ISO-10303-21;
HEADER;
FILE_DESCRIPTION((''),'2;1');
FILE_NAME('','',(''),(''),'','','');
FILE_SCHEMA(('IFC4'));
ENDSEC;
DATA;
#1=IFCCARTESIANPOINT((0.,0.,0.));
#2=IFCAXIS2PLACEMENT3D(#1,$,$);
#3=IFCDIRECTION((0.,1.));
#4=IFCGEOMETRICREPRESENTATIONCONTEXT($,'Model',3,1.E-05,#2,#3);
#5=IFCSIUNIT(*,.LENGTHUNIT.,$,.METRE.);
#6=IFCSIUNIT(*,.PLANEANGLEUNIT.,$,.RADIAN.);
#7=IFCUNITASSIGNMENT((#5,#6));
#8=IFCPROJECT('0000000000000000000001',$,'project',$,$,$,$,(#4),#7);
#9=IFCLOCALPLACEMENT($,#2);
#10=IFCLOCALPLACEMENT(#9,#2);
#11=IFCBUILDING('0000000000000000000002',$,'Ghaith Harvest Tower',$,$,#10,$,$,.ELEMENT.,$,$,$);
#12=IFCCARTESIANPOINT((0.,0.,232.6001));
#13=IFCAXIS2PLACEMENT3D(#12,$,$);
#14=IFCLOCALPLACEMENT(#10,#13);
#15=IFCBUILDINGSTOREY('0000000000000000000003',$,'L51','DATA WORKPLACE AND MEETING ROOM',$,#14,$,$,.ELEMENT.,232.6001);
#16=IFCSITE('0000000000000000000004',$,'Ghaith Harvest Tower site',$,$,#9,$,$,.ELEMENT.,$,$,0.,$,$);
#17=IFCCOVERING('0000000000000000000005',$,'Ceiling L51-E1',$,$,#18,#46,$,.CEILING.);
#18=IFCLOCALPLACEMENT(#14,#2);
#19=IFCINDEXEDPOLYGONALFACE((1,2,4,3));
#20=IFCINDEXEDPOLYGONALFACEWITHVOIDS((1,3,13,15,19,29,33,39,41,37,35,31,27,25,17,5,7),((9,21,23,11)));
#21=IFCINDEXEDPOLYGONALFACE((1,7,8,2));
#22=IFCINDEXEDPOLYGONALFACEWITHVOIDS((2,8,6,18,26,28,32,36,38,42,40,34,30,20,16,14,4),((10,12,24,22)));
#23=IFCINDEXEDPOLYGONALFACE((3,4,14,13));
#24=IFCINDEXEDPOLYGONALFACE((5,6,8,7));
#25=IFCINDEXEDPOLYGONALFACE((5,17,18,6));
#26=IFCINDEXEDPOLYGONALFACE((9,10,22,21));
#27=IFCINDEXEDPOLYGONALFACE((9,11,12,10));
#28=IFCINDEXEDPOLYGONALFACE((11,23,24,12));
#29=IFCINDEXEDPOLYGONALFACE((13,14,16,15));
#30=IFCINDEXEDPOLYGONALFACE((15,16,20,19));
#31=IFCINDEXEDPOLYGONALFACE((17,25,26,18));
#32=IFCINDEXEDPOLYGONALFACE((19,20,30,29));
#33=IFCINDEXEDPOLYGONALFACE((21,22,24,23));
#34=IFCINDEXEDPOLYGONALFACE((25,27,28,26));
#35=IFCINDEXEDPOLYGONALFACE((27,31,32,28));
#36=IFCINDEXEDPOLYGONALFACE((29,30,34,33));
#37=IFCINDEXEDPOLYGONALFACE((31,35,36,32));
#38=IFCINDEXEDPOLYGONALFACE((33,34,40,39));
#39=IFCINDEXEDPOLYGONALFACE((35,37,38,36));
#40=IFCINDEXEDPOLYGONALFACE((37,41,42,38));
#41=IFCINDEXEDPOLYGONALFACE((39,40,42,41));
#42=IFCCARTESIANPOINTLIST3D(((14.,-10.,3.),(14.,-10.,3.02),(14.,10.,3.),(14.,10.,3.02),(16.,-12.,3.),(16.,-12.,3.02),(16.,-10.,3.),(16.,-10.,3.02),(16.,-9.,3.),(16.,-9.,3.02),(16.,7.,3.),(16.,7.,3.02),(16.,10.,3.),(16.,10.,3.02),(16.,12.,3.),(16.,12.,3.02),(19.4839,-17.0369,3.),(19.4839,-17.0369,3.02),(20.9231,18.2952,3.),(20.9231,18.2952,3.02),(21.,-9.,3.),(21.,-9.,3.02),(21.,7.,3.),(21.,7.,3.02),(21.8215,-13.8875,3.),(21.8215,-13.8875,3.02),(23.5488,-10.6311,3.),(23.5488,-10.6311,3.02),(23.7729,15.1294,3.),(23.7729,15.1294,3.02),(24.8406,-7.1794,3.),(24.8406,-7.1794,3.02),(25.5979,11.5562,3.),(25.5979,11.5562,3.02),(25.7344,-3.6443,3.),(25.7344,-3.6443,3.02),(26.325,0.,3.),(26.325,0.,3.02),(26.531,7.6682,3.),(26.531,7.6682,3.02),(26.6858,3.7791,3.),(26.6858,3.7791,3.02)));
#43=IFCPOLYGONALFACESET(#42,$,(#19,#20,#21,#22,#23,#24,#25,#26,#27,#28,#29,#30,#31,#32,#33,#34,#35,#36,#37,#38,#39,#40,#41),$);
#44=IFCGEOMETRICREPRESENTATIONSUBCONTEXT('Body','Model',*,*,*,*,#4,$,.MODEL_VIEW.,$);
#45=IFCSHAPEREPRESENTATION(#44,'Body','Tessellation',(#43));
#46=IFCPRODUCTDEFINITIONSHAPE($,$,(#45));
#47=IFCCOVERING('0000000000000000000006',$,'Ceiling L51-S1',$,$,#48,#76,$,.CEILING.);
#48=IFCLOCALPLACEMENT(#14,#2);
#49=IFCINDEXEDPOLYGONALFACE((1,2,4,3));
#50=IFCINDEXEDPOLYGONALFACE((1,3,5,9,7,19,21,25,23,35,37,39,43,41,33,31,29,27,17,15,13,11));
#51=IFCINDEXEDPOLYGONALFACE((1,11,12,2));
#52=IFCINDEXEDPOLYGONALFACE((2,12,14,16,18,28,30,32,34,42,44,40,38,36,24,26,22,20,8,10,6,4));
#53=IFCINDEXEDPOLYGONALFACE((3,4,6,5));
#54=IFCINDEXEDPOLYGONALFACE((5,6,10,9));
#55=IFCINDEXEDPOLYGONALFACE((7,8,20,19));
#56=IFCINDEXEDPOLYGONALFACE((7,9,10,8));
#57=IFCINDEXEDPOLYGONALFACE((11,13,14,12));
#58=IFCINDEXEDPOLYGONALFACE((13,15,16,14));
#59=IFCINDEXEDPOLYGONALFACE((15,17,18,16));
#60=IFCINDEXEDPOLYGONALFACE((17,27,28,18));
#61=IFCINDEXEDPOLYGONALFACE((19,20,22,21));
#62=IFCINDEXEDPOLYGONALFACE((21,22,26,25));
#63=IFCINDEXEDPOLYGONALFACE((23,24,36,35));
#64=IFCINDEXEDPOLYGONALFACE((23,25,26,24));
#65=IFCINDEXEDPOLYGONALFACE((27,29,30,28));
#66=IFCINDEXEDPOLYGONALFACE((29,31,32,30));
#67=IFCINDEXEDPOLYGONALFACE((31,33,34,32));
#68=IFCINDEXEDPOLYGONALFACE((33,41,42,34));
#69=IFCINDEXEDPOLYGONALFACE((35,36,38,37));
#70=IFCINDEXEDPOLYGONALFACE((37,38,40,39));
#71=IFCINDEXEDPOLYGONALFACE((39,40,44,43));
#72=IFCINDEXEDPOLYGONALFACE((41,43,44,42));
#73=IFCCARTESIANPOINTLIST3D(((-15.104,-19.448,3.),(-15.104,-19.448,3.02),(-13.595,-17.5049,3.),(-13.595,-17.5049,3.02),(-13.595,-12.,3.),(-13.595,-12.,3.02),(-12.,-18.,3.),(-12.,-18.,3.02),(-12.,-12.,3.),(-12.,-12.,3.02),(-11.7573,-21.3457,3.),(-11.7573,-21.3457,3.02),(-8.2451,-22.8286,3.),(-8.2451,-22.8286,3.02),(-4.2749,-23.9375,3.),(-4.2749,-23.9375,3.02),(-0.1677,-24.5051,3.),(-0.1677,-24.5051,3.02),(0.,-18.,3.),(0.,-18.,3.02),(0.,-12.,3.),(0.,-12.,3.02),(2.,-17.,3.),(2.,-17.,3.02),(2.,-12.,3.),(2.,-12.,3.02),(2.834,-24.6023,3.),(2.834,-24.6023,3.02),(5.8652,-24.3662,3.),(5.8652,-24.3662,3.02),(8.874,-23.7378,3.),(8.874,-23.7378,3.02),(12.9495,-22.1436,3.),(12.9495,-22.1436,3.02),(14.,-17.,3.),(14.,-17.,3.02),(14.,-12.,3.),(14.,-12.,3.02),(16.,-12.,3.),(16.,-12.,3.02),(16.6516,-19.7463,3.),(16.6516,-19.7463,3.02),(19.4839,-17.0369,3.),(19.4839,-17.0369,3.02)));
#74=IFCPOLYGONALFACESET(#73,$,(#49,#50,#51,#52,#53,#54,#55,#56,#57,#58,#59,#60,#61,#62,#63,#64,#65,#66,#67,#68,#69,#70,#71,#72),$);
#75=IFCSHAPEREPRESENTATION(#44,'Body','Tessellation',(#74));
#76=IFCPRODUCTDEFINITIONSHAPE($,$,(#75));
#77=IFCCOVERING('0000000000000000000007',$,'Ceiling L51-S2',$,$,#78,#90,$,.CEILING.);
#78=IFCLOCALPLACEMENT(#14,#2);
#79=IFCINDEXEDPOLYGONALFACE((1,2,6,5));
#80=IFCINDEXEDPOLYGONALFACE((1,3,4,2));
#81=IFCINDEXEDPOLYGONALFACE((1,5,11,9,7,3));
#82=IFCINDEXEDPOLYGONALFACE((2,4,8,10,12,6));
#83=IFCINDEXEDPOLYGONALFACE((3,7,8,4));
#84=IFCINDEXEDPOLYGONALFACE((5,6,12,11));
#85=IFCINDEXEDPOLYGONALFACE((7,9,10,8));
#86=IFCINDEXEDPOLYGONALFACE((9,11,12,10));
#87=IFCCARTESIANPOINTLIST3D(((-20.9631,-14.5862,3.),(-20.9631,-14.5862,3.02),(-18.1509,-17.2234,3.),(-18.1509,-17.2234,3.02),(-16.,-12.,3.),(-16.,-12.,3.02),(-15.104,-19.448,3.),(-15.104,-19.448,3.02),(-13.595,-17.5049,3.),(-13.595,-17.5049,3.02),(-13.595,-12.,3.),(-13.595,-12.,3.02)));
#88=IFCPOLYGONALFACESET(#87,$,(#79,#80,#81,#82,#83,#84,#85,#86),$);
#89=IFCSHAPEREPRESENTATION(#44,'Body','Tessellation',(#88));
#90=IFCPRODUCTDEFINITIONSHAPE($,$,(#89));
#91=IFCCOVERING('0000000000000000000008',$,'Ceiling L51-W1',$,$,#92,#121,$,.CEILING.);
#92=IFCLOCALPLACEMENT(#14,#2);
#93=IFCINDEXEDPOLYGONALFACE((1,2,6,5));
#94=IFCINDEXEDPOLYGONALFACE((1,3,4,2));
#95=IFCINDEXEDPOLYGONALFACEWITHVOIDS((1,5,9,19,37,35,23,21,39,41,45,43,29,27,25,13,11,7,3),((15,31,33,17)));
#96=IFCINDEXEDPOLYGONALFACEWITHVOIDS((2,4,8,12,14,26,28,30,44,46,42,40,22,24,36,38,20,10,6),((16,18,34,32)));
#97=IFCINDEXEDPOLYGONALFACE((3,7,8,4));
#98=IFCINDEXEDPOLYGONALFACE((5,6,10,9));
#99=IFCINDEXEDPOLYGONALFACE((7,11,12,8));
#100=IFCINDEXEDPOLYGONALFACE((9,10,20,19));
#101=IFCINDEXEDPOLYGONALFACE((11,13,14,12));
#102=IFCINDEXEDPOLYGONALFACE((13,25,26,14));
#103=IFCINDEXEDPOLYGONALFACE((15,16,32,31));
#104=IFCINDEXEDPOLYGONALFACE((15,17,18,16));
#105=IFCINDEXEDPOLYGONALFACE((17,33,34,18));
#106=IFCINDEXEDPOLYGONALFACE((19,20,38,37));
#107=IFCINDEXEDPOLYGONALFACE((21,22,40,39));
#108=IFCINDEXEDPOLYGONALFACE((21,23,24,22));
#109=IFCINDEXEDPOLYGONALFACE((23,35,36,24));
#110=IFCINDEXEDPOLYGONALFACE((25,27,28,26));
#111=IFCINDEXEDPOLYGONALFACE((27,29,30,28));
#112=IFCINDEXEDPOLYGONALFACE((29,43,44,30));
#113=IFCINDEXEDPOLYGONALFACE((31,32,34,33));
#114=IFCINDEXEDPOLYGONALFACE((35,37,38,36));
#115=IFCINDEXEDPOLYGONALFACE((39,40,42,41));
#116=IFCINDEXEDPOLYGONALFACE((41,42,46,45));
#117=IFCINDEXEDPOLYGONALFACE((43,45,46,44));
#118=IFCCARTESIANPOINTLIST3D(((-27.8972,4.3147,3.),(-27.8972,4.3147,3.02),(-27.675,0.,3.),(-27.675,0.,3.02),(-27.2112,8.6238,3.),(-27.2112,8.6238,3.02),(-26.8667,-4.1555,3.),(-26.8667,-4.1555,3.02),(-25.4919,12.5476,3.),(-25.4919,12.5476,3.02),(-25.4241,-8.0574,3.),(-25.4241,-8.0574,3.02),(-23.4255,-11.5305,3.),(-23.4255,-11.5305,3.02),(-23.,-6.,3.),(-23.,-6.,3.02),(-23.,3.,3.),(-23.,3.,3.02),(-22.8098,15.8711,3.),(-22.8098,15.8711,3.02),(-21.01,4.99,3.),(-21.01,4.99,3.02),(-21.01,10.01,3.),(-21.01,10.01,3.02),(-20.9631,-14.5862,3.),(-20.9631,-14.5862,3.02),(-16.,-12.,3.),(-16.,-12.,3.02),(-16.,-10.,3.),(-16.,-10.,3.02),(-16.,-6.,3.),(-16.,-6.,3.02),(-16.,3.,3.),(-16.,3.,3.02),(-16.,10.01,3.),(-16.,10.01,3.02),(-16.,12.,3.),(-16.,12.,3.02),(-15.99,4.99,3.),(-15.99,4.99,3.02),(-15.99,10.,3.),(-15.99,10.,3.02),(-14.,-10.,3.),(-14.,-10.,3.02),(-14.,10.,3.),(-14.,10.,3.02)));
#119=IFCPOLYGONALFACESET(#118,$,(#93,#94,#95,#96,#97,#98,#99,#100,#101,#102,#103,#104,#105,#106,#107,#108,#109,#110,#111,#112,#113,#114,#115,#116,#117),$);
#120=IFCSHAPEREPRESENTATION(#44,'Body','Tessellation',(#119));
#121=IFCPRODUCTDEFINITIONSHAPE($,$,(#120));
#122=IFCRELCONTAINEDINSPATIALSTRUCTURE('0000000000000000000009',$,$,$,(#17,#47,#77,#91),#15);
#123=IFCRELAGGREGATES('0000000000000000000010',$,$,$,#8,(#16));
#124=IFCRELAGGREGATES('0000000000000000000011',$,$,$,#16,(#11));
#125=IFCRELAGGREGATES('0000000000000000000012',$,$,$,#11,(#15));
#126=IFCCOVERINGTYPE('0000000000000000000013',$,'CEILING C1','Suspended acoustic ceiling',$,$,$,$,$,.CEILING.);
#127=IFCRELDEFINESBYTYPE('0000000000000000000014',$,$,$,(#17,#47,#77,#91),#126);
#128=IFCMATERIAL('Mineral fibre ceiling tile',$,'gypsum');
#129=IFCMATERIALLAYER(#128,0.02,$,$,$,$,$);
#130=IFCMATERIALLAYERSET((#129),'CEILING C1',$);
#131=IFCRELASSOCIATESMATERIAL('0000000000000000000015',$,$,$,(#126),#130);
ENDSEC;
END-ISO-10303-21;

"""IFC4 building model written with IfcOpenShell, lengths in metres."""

from ifc_helpers import new_model, si_unit, direction, frame, origin, place, context, subcontext, project, spatial, polyline, outline, extrude, material, layer, layer_set, type_object, element, save


model = new_model("IFC4")

# Units and contexts
model_context = context("Model", 3, precision=1e-05, world=origin(), true_north=direction((0.0, 1.0)))
body_context = subcontext(model_context, "Body", "Model", "MODEL_VIEW")
ifc_project = project(units=[si_unit("LENGTHUNIT", "METRE"), si_unit("PLANEANGLEUNIT", "RADIAN")], contexts=[model_context])

# Site, building, storey
site_placement = place(None, origin())
site = spatial("IfcSite", under=ifc_project, at=site_placement, Name="Ghaith Harvest Tower site", CompositionType="ELEMENT", RefElevation=0.0)
building_placement = place(site_placement, origin())
building = spatial("IfcBuilding", under=site, at=building_placement, Name="Ghaith Harvest Tower", CompositionType="ELEMENT")
storey_placement = place(building_placement, frame((0.0, 0.0, 232.6001)))
storey = spatial("IfcBuildingStorey", under=building, at=storey_placement, Name="L51", Description="DATA WORKPLACE AND MEETING ROOM", CompositionType="ELEMENT", Elevation=232.6001)

# Coverings
ifc_material_1 = material(Name="Mineral fibre ceiling tile", Category="gypsum")
ifc_layer_1 = layer(ifc_material_1, 0.02)
ifc_layer_set_1 = layer_set([ifc_layer_1], Name="CEILING C1")
covering_type = type_object("IfcCoveringType", Name="CEILING C1", Description="Suspended acoustic ceiling", PredefinedType="CEILING", material=ifc_layer_set_1)
covering_1_placement = place(storey_placement, frame((0.0, 0.0, 3.0)))
element("IfcCovering", 1, at=covering_1_placement, inside=storey, type_object=covering_type, Name="Ceiling L51-E1", PredefinedType="CEILING", context=body_context, shape_type="SweptSolid", body=[
    extrude(outline(polyline([(23.7729, 15.1294), (25.5979, 11.5562), (26.531, 7.6682), (26.6858, 3.7791), (26.325, 0.0), (25.7344, -3.6443), (24.8406, -7.1794), (23.5488, -10.6311), (21.8215, -13.8875), (19.4839, -17.0369), (16.0, -12.0), (16.0, -10.0), (14.0, -10.0), (14.0, 10.0), (16.0, 10.0), (16.0, 12.0), (20.9231, 18.2952), (23.7729, 15.1294)]), holes=[polyline([(16.0, 7.0), (16.0, -9.0), (21.0, -9.0), (21.0, 7.0), (16.0, 7.0)])]), origin(), (0.0, 0.0, 1.0), 0.02),
])
covering_2_placement = place(storey_placement, frame((0.0, 0.0, 3.0)))
element("IfcCovering", 2, at=covering_2_placement, inside=storey, type_object=covering_type, Name="Ceiling L51-S1", PredefinedType="CEILING", context=body_context, shape_type="SweptSolid", body=[
    extrude(outline(polyline([(16.6516, -19.7463), (12.9495, -22.1436), (8.874, -23.7378), (5.8652, -24.3662), (2.834, -24.6023), (-0.1677, -24.5051), (-4.2749, -23.9375), (-8.2451, -22.8286), (-11.7573, -21.3457), (-15.104, -19.448), (-15.104, -19.448), (-13.595, -17.5049), (-13.595, -12.0), (-12.0, -12.0), (-12.0, -18.0), (0.0, -18.0), (0.0, -12.0), (2.0, -12.0), (2.0, -17.0), (14.0, -17.0), (14.0, -12.0), (16.0, -12.0), (19.4839, -17.0369), (16.6516, -19.7463)])), origin(), (0.0, 0.0, 1.0), 0.02),
])
covering_3_placement = place(storey_placement, frame((0.0, 0.0, 3.0)))
element("IfcCovering", 3, at=covering_3_placement, inside=storey, type_object=covering_type, Name="Ceiling L51-S2", PredefinedType="CEILING", context=body_context, shape_type="SweptSolid", body=[
    extrude(outline(polyline([(-15.104, -19.448), (-18.1509, -17.2234), (-20.9631, -14.5862), (-16.0, -12.0), (-13.595, -12.0), (-13.595, -17.5049), (-15.104, -19.448)])), origin(), (0.0, 0.0, 1.0), 0.02),
])
covering_4_placement = place(storey_placement, frame((0.0, 0.0, 3.0)))
element("IfcCovering", 4, at=covering_4_placement, inside=storey, type_object=covering_type, Name="Ceiling L51-W1", PredefinedType="CEILING", context=body_context, shape_type="SweptSolid", body=[
    extrude(outline(polyline([(-27.8972, 4.3147), (-27.2112, 8.6238), (-25.4919, 12.5476), (-22.8098, 15.8711), (-16.0, 12.0), (-16.0, 10.01), (-21.01, 10.01), (-21.01, 4.99), (-15.99, 4.99), (-15.99, 10.0), (-14.0, 10.0), (-14.0, -10.0), (-16.0, -10.0), (-16.0, -12.0), (-20.9631, -14.5862), (-23.4255, -11.5305), (-25.4241, -8.0574), (-26.8667, -4.1555), (-27.675, 0.0), (-27.8972, 4.3147)]), holes=[polyline([(-23.0, -6.0), (-16.0, -6.0), (-16.0, 3.0), (-23.0, 3.0), (-23.0, -6.0)])]), origin(), (0.0, 0.0, 1.0), 0.02),
])

save(model, "model.ifc")
